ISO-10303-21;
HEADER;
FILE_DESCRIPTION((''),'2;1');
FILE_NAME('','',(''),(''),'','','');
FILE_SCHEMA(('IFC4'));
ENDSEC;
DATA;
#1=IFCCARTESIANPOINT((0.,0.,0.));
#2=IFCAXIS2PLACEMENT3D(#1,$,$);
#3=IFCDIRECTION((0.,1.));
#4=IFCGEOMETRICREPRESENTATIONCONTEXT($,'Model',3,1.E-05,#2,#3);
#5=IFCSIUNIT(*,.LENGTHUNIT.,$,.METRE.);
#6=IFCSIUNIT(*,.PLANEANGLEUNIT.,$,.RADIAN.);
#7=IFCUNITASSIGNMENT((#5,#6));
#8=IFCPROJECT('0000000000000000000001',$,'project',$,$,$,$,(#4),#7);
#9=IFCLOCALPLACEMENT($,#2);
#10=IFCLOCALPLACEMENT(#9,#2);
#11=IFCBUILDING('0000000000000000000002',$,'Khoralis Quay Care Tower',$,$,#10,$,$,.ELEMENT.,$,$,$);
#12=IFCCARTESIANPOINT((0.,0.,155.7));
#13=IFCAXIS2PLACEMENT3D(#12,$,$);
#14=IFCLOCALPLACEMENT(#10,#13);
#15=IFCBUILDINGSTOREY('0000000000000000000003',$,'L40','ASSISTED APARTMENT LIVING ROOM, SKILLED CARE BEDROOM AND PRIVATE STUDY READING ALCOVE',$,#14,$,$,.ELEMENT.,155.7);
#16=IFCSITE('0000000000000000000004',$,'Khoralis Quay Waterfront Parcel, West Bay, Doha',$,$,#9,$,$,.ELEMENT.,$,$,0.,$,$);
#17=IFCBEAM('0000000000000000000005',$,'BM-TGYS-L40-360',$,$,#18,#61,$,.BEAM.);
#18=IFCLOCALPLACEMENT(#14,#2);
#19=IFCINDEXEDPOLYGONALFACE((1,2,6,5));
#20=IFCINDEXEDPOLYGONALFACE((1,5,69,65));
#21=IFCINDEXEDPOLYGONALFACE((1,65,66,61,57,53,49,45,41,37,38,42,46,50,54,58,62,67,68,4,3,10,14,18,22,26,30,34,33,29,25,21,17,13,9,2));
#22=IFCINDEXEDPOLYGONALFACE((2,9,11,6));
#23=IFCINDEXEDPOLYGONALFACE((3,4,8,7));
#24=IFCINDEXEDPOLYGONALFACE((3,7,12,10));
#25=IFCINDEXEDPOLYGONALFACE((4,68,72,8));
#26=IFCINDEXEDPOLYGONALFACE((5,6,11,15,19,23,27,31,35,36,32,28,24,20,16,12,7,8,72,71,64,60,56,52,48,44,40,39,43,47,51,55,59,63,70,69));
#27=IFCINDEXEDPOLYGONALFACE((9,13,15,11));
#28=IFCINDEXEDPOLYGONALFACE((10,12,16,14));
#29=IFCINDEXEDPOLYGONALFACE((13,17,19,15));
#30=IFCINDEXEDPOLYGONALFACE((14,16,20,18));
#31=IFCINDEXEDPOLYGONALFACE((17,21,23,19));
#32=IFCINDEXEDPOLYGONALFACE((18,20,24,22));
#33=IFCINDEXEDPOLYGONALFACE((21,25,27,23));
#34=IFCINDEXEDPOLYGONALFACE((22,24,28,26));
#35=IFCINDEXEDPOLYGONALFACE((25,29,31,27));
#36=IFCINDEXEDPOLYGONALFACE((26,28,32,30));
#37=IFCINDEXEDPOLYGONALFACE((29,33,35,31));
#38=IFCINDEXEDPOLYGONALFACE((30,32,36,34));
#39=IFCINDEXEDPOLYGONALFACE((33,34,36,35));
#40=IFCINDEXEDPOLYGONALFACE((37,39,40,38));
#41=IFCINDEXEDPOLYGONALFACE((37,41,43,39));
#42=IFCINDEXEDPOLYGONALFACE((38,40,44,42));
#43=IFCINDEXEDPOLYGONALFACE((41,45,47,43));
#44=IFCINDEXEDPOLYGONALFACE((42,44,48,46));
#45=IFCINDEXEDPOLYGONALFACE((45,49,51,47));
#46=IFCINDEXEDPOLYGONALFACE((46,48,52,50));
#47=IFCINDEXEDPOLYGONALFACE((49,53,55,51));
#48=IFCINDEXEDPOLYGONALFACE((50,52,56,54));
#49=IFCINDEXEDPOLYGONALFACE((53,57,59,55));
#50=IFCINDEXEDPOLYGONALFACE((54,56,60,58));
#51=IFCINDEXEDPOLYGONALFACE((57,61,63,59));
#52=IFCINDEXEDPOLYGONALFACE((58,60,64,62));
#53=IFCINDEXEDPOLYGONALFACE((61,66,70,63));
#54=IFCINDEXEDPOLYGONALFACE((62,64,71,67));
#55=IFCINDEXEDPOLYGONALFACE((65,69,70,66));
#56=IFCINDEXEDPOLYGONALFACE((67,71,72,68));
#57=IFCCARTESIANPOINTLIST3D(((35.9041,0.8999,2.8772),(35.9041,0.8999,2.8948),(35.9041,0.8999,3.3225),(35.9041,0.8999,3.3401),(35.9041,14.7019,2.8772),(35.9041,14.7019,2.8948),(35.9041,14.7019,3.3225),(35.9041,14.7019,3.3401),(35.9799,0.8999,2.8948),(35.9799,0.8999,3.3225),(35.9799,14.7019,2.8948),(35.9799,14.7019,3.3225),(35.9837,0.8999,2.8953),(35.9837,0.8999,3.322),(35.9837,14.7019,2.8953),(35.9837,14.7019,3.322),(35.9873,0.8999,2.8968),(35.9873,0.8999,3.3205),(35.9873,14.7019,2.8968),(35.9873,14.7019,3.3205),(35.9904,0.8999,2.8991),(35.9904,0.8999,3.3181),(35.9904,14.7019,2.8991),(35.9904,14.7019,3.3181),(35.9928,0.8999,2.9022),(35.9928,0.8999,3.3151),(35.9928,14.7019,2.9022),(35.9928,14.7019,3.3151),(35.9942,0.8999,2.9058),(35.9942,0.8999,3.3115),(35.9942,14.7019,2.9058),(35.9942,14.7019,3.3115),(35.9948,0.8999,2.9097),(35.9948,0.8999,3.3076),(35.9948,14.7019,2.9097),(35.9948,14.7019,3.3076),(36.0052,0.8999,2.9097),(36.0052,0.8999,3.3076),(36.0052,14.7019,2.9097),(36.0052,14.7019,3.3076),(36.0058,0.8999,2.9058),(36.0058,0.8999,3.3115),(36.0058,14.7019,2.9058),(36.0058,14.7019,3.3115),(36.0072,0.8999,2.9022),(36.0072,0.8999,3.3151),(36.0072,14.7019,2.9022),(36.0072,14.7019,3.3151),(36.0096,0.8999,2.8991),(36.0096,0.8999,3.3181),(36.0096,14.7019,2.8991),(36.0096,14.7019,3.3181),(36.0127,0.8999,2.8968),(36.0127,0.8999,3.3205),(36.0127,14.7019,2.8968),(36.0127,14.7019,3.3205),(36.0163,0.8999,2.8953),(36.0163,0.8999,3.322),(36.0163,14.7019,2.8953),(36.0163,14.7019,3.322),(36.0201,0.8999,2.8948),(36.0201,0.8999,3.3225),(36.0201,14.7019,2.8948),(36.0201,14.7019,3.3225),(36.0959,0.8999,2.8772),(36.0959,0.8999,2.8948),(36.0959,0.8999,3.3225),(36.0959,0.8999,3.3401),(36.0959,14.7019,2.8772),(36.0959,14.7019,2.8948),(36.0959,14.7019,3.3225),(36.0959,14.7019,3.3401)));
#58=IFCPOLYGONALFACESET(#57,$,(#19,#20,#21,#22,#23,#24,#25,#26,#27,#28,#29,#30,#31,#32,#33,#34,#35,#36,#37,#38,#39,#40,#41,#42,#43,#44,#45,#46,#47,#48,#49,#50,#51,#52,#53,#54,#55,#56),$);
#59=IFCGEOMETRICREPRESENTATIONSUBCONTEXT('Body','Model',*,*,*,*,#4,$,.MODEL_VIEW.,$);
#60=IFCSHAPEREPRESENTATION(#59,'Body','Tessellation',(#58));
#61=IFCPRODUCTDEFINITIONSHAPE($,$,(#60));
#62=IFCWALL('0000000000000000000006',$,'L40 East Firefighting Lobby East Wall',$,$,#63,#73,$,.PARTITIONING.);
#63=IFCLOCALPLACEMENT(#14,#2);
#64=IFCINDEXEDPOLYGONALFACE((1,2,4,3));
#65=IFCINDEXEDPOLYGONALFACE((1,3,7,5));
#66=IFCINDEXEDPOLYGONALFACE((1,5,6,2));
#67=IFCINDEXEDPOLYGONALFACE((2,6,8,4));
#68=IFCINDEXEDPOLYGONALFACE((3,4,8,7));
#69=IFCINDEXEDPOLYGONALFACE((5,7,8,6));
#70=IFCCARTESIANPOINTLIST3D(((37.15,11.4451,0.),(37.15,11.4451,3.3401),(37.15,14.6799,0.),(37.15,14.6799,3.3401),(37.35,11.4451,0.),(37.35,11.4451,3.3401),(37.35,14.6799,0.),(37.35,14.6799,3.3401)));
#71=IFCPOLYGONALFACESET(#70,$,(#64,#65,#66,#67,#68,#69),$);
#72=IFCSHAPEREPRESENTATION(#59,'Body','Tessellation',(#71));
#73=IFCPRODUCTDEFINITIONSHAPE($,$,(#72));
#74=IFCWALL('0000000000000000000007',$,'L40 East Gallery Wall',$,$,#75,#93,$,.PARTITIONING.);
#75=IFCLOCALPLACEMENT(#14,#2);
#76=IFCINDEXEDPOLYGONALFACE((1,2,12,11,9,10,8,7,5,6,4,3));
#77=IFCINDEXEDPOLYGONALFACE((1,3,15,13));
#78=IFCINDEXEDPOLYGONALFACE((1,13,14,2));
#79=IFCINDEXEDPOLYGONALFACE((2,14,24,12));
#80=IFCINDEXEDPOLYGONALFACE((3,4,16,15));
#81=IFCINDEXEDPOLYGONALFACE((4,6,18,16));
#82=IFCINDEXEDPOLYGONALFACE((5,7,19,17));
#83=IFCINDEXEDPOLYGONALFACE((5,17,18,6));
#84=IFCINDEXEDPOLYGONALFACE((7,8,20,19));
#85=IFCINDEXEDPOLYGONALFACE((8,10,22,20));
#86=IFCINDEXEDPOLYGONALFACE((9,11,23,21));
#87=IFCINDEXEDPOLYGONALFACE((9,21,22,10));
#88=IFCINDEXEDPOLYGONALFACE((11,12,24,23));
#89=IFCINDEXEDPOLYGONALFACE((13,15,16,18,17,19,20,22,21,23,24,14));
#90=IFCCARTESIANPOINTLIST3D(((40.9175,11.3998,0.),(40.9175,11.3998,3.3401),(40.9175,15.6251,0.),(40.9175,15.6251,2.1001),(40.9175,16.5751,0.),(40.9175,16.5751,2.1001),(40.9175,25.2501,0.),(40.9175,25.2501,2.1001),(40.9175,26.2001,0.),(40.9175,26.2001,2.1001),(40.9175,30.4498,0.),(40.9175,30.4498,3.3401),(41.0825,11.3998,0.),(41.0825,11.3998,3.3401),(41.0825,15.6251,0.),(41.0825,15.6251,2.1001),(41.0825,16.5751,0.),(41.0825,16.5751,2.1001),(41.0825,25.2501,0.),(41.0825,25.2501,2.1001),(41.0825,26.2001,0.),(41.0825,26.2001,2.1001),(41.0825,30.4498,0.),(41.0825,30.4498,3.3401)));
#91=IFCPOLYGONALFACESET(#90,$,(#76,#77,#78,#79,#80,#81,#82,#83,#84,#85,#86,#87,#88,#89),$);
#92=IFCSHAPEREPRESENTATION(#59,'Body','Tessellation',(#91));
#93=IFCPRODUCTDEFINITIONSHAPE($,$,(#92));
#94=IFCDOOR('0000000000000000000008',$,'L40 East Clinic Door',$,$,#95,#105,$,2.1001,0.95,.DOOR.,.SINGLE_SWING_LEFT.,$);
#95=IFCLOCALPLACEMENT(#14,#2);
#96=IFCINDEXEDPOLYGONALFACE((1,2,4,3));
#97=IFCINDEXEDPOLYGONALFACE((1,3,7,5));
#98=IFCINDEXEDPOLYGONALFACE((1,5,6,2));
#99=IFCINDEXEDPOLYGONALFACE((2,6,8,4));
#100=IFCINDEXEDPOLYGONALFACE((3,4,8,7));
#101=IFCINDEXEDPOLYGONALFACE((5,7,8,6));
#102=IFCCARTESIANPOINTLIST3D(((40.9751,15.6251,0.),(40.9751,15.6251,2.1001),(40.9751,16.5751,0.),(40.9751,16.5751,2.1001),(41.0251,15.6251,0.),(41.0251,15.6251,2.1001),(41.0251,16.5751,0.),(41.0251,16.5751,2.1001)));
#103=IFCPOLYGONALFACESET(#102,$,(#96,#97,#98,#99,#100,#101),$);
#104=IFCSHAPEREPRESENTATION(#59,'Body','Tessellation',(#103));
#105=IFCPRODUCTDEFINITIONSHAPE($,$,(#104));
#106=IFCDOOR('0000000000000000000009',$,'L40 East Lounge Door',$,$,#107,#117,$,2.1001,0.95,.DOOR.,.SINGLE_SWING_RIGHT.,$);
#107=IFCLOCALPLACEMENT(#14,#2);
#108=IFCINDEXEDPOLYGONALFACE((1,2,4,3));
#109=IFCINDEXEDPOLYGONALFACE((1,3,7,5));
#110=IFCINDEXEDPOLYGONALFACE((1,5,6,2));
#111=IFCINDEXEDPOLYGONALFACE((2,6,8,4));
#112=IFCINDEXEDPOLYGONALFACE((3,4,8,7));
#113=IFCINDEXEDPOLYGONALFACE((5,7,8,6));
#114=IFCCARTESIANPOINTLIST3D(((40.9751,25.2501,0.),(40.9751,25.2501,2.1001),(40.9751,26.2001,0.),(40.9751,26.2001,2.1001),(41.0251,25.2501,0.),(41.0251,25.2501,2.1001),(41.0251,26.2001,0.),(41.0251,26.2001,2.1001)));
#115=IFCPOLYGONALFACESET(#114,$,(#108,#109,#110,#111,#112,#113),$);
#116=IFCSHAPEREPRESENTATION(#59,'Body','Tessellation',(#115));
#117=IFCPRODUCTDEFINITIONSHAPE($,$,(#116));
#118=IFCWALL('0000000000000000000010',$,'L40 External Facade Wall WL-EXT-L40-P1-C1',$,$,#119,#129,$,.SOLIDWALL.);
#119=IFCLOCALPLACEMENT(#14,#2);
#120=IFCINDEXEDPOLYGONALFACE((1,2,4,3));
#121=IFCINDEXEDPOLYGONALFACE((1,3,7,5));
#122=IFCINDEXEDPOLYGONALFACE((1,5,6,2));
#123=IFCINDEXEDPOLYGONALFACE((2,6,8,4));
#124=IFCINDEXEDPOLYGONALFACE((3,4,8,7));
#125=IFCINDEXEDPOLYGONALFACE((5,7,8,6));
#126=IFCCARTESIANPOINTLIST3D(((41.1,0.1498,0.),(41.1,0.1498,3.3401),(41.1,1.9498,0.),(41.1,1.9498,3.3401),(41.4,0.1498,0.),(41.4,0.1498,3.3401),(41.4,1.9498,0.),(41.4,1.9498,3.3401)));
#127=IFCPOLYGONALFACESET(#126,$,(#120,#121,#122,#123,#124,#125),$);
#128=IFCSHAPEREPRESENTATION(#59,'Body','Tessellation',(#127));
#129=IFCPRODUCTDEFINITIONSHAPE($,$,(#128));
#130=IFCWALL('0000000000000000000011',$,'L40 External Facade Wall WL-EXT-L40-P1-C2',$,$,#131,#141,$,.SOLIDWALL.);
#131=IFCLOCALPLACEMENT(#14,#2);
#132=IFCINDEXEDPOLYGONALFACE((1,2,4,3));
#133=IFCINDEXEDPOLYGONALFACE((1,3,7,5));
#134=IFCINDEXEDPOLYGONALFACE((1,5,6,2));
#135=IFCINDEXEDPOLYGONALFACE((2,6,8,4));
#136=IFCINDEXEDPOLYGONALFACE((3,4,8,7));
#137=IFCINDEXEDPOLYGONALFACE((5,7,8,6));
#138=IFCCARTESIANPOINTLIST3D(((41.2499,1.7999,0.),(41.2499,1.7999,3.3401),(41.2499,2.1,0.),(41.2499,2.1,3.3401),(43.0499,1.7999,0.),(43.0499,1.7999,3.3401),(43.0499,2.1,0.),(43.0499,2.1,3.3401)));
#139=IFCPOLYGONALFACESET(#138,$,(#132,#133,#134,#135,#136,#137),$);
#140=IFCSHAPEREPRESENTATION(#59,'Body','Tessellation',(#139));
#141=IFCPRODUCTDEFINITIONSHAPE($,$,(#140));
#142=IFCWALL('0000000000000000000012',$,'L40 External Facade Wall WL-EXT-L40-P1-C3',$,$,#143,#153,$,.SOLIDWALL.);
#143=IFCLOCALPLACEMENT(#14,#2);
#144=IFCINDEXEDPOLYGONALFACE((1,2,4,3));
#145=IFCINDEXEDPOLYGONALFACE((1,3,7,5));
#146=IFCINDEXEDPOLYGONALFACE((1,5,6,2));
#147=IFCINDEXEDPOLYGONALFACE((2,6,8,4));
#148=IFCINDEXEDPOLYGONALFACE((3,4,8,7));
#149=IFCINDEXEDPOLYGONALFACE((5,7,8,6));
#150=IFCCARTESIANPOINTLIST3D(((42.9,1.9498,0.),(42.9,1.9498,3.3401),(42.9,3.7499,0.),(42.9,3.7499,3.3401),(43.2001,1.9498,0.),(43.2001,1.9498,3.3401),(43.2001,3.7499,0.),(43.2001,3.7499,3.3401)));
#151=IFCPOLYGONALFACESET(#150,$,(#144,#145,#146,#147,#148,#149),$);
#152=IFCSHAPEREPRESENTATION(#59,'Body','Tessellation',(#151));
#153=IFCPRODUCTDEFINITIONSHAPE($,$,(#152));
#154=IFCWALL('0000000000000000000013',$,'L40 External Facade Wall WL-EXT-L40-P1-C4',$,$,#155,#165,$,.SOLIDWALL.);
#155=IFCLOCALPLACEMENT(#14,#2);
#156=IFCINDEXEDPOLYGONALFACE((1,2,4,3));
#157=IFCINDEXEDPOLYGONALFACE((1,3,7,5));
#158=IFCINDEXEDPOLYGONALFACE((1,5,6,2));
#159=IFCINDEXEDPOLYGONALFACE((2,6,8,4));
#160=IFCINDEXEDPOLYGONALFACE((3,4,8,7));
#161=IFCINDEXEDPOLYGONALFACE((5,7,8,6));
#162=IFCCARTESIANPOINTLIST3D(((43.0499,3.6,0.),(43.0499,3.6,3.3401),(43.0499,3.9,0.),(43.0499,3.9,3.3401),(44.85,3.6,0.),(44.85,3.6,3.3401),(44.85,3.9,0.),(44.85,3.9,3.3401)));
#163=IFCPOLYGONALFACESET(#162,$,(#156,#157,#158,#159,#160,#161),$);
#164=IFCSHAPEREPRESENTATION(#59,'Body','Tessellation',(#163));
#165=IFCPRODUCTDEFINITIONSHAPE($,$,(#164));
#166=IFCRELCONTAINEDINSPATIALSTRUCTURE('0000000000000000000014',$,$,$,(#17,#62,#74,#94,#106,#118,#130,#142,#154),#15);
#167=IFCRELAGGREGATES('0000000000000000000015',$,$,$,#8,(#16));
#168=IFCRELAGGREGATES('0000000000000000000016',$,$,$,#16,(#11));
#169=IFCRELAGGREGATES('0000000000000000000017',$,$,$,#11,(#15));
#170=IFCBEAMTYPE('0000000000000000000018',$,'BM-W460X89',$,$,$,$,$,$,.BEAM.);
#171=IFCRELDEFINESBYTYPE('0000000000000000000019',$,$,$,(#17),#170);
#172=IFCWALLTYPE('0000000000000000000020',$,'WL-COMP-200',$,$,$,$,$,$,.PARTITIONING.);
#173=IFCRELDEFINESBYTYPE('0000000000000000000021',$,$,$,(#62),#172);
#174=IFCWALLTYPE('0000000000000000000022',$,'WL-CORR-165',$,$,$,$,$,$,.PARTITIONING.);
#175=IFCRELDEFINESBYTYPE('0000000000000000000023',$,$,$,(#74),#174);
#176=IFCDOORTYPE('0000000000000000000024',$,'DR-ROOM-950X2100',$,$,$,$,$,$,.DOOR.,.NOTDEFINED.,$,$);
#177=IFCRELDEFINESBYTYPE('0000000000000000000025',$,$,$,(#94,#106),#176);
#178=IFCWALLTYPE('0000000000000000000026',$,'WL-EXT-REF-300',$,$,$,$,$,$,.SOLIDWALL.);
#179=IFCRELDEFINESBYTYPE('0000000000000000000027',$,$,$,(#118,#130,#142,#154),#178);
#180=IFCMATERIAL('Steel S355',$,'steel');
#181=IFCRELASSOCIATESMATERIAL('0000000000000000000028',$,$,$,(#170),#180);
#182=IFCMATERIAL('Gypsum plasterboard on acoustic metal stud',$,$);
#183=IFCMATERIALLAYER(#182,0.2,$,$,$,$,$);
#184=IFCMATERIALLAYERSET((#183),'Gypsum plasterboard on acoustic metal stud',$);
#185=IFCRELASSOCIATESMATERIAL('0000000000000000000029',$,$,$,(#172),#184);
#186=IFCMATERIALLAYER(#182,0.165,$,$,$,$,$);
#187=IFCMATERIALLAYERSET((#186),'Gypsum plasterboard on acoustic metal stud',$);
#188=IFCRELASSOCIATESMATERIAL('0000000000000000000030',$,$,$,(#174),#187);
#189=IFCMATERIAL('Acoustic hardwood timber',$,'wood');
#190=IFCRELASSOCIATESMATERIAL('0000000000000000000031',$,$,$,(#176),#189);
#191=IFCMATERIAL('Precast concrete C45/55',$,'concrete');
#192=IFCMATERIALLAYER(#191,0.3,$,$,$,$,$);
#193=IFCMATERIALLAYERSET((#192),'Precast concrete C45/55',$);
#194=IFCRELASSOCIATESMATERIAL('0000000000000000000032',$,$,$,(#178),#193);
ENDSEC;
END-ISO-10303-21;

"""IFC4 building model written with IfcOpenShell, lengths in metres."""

from ifc_helpers import new_model, si_unit, direction, frame, frame_2d, origin, origin_2d, place, context, subcontext, project, spatial, rectangle, i_section, extrude, source, transform, mapped, material, layer, layer_set, material_profile, profile_set, type_object, element, fill, save


model = new_model("IFC4")

# Units and contexts
model_context = context("Model", 3, precision=1e-05, world=origin(), true_north=direction((0.0, 1.0)))
body_context = subcontext(model_context, "Body", "Model", "MODEL_VIEW")
ifc_project = project(units=[si_unit("LENGTHUNIT", "METRE"), si_unit("PLANEANGLEUNIT", "RADIAN")], contexts=[model_context])

# Site, building, storey
site_placement = place(None, origin())
site = spatial("IfcSite", under=ifc_project, at=site_placement, Name="Khoralis Quay Waterfront Parcel, West Bay, Doha", CompositionType="ELEMENT", RefElevation=0.0)
building_placement = place(site_placement, origin())
building = spatial("IfcBuilding", under=site, at=building_placement, Name="Khoralis Quay Care Tower", CompositionType="ELEMENT")
storey_placement = place(building_placement, frame((0.0, 0.0, 155.7)))
storey = spatial("IfcBuildingStorey", under=building, at=storey_placement, Name="L40", Description="ASSISTED APARTMENT LIVING ROOM, SKILLED CARE BEDROOM AND PRIVATE STUDY READING ALCOVE", CompositionType="ELEMENT", Elevation=155.7)

# Beam
ifc_material_1 = material(Name="Steel S355", Category="steel")
ifc_material_profile_1 = material_profile(ifc_material_1, i_section(OverallWidth=0.1919, OverallDepth=0.4629, WebThickness=0.0105, FlangeThickness=0.0176, FilletRadius=0.0149, at=origin_2d()), Name="Steel S355")
ifc_profile_set_1 = profile_set([ifc_material_profile_1], Name="Steel S355")
beam_type_1 = type_object("IfcBeamType", Name="BM-W460X89", PredefinedType="BEAM", material=ifc_profile_set_1)
shared_shape_1 = source(origin(), body_context, "Body", "SweptSolid", [
    extrude(i_section(OverallWidth=0.1919, OverallDepth=0.4629, WebThickness=0.0105, FlangeThickness=0.0176, FilletRadius=0.0149, at=origin_2d()), origin(), (0.0, 0.0, 1.0), 13.802),
])
beam_1_placement = place(storey_placement, frame((36.0, 0.8999, 3.1086), z_axis=(0.0, 1.0, 0.0), x_axis=(-1.0, 0.0, 0.0)))
element("IfcBeam", 1, at=beam_1_placement, inside=storey, type_object=beam_type_1, Name="BM-TGYS-L40-360", PredefinedType="BEAM", context=body_context, shape_type="MappedRepresentation", body=[
    mapped(shared_shape_1, transform((0.0, 0.0, 0.0), scale=1.0)),
])

# Wall
ifc_material_2 = material(Name="Gypsum plasterboard on acoustic metal stud")
ifc_layer_1 = layer(ifc_material_2, 0.2)
ifc_layer_set_1 = layer_set([ifc_layer_1], Name="Gypsum plasterboard on acoustic metal stud")
wall_type_1 = type_object("IfcWallType", Name="WL-COMP-200", PredefinedType="PARTITIONING", material=ifc_layer_set_1)
wall_1_placement = place(storey_placement, frame((37.25, 11.4451, 0.0), z_axis=(0.0, 0.0, 1.0), x_axis=(0.0, 1.0, 0.0)))
element("IfcWall", 2, at=wall_1_placement, inside=storey, type_object=wall_type_1, Name="L40 East Firefighting Lobby East Wall", PredefinedType="PARTITIONING", context=body_context, shape_type="SweptSolid", body=[
    extrude(rectangle(XDim=3.2349, YDim=0.2, at=frame_2d((1.6174, 0.0))), origin(), (0.0, 0.0, 1.0), 3.3401),
])

# Wall, openings, doors
ifc_layer_2 = layer(ifc_material_2, 0.165)
ifc_layer_set_2 = layer_set([ifc_layer_2], Name="Gypsum plasterboard on acoustic metal stud")
wall_type_2 = type_object("IfcWallType", Name="WL-CORR-165", PredefinedType="PARTITIONING", material=ifc_layer_set_2)
wall_2_placement = place(storey_placement, frame((41.0, 11.3999, 0.0), z_axis=(0.0, 0.0, 1.0), x_axis=(0.0, 1.0, 0.0)))
wall_2 = element("IfcWall", 3, at=wall_2_placement, inside=storey, type_object=wall_type_2, Name="L40 East Gallery Wall", PredefinedType="PARTITIONING", context=body_context, shape_type="SweptSolid", body=[
    extrude(rectangle(XDim=19.05, YDim=0.165, at=frame_2d((9.5249, 0.0))), origin(), (0.0, 0.0, 1.0), 3.3401),
])
opening_1_placement = place(wall_2_placement, frame((4.2251, 0.0, 0.0)))
opening_1 = element("IfcOpeningElement", 4, at=opening_1_placement, cuts=wall_2, PredefinedType="OPENING", context=body_context, shape_type="SweptSolid", body=[
    extrude(rectangle(XDim=0.95, YDim=2.1001, at=frame_2d((0.4751, 1.05))), frame((0.0, 0.0925, 0.0), z_axis=(0.0, -1.0, 0.0), x_axis=(1.0, 0.0, 0.0)), (0.0, 0.0, 1.0), 0.1851),
])
opening_2_placement = place(wall_2_placement, frame((13.8501, 0.0, 0.0)))
opening_2 = element("IfcOpeningElement", 5, at=opening_2_placement, cuts=wall_2, PredefinedType="OPENING", context=body_context, shape_type="SweptSolid", body=[
    extrude(rectangle(XDim=0.95, YDim=2.1001, at=frame_2d((0.4751, 1.05))), frame((0.0, 0.0925, 0.0), z_axis=(0.0, -1.0, 0.0), x_axis=(1.0, 0.0, 0.0)), (0.0, 0.0, 1.0), 0.1851),
])
ifc_material_3 = material(Name="Acoustic hardwood timber", Category="wood")
door_type_1 = type_object("IfcDoorType", Name="DR-ROOM-950X2100", OperationType="NOTDEFINED", PredefinedType="DOOR", material=ifc_material_3)
shared_shape_2 = source(origin(), body_context, "Body", "SweptSolid", [
    extrude(rectangle(XDim=0.95, YDim=2.1001, at=frame_2d((0.4751, 1.05))), frame((0.0, 0.0249, 0.0), z_axis=(0.0, -1.0, 0.0), x_axis=(1.0, 0.0, 0.0)), (0.0, 0.0, 1.0), 0.05),
])
door_1_placement = place(opening_1_placement, origin())
door_1 = element("IfcDoor", 6, at=door_1_placement, inside=storey, type_object=door_type_1, Name="L40 East Clinic Door", OperationType="SINGLE_SWING_LEFT", OverallHeight=2.1001, OverallWidth=0.95, PredefinedType="DOOR", context=body_context, shape_type="MappedRepresentation", body=[
    mapped(shared_shape_2, transform((0.0, 0.0, 0.0), scale=1.0)),
])
fill(opening_1, door_1)
door_2_placement = place(opening_2_placement, origin())
door_2 = element("IfcDoor", 7, at=door_2_placement, inside=storey, type_object=door_type_1, Name="L40 East Lounge Door", OperationType="SINGLE_SWING_RIGHT", OverallHeight=2.1001, OverallWidth=0.95, PredefinedType="DOOR", context=body_context, shape_type="MappedRepresentation", body=[
    mapped(shared_shape_2, transform((0.0, 0.0, 0.0), scale=1.0)),
])
fill(opening_2, door_2)

# Walls
ifc_material_4 = material(Name="Precast concrete C45/55", Category="concrete")
ifc_layer_3 = layer(ifc_material_4, 0.3)
ifc_layer_set_3 = layer_set([ifc_layer_3], Name="Precast concrete C45/55")
wall_type_3 = type_object("IfcWallType", Name="WL-EXT-REF-300", PredefinedType="SOLIDWALL", material=ifc_layer_set_3)
for number, where, z_axis, x_axis, name in (
    (8, (41.25, 0.1499, 0.0), (0.0, 0.0, 1.0), (0.0, 1.0, 0.0), "L40 External Facade Wall WL-EXT-L40-P1-C1"),
    (9, (41.25, 1.95, 0.0), (0.0, 0.0, 1.0), (1.0, 0.0, 0.0), "L40 External Facade Wall WL-EXT-L40-P1-C2"),
    (10, (43.05, 1.95, 0.0), (0.0, 0.0, 1.0), (0.0, 1.0, 0.0), "L40 External Facade Wall WL-EXT-L40-P1-C3"),
    (11, (43.05, 3.75, 0.0), (0.0, 0.0, 1.0), (1.0, 0.0, 0.0), "L40 External Facade Wall WL-EXT-L40-P1-C4"),
):
    element("IfcWall", number, at=place(storey_placement, frame(where, z_axis=z_axis, x_axis=x_axis)), inside=storey, type_object=wall_type_3, Name=name, PredefinedType="SOLIDWALL", context=body_context, shape_type="SweptSolid", body=[
        extrude(rectangle(XDim=1.8, YDim=0.3, at=frame_2d((0.8999, 0.0))), origin(), (0.0, 0.0, 1.0), 3.3401),
    ])

save(model, "model.ifc")
